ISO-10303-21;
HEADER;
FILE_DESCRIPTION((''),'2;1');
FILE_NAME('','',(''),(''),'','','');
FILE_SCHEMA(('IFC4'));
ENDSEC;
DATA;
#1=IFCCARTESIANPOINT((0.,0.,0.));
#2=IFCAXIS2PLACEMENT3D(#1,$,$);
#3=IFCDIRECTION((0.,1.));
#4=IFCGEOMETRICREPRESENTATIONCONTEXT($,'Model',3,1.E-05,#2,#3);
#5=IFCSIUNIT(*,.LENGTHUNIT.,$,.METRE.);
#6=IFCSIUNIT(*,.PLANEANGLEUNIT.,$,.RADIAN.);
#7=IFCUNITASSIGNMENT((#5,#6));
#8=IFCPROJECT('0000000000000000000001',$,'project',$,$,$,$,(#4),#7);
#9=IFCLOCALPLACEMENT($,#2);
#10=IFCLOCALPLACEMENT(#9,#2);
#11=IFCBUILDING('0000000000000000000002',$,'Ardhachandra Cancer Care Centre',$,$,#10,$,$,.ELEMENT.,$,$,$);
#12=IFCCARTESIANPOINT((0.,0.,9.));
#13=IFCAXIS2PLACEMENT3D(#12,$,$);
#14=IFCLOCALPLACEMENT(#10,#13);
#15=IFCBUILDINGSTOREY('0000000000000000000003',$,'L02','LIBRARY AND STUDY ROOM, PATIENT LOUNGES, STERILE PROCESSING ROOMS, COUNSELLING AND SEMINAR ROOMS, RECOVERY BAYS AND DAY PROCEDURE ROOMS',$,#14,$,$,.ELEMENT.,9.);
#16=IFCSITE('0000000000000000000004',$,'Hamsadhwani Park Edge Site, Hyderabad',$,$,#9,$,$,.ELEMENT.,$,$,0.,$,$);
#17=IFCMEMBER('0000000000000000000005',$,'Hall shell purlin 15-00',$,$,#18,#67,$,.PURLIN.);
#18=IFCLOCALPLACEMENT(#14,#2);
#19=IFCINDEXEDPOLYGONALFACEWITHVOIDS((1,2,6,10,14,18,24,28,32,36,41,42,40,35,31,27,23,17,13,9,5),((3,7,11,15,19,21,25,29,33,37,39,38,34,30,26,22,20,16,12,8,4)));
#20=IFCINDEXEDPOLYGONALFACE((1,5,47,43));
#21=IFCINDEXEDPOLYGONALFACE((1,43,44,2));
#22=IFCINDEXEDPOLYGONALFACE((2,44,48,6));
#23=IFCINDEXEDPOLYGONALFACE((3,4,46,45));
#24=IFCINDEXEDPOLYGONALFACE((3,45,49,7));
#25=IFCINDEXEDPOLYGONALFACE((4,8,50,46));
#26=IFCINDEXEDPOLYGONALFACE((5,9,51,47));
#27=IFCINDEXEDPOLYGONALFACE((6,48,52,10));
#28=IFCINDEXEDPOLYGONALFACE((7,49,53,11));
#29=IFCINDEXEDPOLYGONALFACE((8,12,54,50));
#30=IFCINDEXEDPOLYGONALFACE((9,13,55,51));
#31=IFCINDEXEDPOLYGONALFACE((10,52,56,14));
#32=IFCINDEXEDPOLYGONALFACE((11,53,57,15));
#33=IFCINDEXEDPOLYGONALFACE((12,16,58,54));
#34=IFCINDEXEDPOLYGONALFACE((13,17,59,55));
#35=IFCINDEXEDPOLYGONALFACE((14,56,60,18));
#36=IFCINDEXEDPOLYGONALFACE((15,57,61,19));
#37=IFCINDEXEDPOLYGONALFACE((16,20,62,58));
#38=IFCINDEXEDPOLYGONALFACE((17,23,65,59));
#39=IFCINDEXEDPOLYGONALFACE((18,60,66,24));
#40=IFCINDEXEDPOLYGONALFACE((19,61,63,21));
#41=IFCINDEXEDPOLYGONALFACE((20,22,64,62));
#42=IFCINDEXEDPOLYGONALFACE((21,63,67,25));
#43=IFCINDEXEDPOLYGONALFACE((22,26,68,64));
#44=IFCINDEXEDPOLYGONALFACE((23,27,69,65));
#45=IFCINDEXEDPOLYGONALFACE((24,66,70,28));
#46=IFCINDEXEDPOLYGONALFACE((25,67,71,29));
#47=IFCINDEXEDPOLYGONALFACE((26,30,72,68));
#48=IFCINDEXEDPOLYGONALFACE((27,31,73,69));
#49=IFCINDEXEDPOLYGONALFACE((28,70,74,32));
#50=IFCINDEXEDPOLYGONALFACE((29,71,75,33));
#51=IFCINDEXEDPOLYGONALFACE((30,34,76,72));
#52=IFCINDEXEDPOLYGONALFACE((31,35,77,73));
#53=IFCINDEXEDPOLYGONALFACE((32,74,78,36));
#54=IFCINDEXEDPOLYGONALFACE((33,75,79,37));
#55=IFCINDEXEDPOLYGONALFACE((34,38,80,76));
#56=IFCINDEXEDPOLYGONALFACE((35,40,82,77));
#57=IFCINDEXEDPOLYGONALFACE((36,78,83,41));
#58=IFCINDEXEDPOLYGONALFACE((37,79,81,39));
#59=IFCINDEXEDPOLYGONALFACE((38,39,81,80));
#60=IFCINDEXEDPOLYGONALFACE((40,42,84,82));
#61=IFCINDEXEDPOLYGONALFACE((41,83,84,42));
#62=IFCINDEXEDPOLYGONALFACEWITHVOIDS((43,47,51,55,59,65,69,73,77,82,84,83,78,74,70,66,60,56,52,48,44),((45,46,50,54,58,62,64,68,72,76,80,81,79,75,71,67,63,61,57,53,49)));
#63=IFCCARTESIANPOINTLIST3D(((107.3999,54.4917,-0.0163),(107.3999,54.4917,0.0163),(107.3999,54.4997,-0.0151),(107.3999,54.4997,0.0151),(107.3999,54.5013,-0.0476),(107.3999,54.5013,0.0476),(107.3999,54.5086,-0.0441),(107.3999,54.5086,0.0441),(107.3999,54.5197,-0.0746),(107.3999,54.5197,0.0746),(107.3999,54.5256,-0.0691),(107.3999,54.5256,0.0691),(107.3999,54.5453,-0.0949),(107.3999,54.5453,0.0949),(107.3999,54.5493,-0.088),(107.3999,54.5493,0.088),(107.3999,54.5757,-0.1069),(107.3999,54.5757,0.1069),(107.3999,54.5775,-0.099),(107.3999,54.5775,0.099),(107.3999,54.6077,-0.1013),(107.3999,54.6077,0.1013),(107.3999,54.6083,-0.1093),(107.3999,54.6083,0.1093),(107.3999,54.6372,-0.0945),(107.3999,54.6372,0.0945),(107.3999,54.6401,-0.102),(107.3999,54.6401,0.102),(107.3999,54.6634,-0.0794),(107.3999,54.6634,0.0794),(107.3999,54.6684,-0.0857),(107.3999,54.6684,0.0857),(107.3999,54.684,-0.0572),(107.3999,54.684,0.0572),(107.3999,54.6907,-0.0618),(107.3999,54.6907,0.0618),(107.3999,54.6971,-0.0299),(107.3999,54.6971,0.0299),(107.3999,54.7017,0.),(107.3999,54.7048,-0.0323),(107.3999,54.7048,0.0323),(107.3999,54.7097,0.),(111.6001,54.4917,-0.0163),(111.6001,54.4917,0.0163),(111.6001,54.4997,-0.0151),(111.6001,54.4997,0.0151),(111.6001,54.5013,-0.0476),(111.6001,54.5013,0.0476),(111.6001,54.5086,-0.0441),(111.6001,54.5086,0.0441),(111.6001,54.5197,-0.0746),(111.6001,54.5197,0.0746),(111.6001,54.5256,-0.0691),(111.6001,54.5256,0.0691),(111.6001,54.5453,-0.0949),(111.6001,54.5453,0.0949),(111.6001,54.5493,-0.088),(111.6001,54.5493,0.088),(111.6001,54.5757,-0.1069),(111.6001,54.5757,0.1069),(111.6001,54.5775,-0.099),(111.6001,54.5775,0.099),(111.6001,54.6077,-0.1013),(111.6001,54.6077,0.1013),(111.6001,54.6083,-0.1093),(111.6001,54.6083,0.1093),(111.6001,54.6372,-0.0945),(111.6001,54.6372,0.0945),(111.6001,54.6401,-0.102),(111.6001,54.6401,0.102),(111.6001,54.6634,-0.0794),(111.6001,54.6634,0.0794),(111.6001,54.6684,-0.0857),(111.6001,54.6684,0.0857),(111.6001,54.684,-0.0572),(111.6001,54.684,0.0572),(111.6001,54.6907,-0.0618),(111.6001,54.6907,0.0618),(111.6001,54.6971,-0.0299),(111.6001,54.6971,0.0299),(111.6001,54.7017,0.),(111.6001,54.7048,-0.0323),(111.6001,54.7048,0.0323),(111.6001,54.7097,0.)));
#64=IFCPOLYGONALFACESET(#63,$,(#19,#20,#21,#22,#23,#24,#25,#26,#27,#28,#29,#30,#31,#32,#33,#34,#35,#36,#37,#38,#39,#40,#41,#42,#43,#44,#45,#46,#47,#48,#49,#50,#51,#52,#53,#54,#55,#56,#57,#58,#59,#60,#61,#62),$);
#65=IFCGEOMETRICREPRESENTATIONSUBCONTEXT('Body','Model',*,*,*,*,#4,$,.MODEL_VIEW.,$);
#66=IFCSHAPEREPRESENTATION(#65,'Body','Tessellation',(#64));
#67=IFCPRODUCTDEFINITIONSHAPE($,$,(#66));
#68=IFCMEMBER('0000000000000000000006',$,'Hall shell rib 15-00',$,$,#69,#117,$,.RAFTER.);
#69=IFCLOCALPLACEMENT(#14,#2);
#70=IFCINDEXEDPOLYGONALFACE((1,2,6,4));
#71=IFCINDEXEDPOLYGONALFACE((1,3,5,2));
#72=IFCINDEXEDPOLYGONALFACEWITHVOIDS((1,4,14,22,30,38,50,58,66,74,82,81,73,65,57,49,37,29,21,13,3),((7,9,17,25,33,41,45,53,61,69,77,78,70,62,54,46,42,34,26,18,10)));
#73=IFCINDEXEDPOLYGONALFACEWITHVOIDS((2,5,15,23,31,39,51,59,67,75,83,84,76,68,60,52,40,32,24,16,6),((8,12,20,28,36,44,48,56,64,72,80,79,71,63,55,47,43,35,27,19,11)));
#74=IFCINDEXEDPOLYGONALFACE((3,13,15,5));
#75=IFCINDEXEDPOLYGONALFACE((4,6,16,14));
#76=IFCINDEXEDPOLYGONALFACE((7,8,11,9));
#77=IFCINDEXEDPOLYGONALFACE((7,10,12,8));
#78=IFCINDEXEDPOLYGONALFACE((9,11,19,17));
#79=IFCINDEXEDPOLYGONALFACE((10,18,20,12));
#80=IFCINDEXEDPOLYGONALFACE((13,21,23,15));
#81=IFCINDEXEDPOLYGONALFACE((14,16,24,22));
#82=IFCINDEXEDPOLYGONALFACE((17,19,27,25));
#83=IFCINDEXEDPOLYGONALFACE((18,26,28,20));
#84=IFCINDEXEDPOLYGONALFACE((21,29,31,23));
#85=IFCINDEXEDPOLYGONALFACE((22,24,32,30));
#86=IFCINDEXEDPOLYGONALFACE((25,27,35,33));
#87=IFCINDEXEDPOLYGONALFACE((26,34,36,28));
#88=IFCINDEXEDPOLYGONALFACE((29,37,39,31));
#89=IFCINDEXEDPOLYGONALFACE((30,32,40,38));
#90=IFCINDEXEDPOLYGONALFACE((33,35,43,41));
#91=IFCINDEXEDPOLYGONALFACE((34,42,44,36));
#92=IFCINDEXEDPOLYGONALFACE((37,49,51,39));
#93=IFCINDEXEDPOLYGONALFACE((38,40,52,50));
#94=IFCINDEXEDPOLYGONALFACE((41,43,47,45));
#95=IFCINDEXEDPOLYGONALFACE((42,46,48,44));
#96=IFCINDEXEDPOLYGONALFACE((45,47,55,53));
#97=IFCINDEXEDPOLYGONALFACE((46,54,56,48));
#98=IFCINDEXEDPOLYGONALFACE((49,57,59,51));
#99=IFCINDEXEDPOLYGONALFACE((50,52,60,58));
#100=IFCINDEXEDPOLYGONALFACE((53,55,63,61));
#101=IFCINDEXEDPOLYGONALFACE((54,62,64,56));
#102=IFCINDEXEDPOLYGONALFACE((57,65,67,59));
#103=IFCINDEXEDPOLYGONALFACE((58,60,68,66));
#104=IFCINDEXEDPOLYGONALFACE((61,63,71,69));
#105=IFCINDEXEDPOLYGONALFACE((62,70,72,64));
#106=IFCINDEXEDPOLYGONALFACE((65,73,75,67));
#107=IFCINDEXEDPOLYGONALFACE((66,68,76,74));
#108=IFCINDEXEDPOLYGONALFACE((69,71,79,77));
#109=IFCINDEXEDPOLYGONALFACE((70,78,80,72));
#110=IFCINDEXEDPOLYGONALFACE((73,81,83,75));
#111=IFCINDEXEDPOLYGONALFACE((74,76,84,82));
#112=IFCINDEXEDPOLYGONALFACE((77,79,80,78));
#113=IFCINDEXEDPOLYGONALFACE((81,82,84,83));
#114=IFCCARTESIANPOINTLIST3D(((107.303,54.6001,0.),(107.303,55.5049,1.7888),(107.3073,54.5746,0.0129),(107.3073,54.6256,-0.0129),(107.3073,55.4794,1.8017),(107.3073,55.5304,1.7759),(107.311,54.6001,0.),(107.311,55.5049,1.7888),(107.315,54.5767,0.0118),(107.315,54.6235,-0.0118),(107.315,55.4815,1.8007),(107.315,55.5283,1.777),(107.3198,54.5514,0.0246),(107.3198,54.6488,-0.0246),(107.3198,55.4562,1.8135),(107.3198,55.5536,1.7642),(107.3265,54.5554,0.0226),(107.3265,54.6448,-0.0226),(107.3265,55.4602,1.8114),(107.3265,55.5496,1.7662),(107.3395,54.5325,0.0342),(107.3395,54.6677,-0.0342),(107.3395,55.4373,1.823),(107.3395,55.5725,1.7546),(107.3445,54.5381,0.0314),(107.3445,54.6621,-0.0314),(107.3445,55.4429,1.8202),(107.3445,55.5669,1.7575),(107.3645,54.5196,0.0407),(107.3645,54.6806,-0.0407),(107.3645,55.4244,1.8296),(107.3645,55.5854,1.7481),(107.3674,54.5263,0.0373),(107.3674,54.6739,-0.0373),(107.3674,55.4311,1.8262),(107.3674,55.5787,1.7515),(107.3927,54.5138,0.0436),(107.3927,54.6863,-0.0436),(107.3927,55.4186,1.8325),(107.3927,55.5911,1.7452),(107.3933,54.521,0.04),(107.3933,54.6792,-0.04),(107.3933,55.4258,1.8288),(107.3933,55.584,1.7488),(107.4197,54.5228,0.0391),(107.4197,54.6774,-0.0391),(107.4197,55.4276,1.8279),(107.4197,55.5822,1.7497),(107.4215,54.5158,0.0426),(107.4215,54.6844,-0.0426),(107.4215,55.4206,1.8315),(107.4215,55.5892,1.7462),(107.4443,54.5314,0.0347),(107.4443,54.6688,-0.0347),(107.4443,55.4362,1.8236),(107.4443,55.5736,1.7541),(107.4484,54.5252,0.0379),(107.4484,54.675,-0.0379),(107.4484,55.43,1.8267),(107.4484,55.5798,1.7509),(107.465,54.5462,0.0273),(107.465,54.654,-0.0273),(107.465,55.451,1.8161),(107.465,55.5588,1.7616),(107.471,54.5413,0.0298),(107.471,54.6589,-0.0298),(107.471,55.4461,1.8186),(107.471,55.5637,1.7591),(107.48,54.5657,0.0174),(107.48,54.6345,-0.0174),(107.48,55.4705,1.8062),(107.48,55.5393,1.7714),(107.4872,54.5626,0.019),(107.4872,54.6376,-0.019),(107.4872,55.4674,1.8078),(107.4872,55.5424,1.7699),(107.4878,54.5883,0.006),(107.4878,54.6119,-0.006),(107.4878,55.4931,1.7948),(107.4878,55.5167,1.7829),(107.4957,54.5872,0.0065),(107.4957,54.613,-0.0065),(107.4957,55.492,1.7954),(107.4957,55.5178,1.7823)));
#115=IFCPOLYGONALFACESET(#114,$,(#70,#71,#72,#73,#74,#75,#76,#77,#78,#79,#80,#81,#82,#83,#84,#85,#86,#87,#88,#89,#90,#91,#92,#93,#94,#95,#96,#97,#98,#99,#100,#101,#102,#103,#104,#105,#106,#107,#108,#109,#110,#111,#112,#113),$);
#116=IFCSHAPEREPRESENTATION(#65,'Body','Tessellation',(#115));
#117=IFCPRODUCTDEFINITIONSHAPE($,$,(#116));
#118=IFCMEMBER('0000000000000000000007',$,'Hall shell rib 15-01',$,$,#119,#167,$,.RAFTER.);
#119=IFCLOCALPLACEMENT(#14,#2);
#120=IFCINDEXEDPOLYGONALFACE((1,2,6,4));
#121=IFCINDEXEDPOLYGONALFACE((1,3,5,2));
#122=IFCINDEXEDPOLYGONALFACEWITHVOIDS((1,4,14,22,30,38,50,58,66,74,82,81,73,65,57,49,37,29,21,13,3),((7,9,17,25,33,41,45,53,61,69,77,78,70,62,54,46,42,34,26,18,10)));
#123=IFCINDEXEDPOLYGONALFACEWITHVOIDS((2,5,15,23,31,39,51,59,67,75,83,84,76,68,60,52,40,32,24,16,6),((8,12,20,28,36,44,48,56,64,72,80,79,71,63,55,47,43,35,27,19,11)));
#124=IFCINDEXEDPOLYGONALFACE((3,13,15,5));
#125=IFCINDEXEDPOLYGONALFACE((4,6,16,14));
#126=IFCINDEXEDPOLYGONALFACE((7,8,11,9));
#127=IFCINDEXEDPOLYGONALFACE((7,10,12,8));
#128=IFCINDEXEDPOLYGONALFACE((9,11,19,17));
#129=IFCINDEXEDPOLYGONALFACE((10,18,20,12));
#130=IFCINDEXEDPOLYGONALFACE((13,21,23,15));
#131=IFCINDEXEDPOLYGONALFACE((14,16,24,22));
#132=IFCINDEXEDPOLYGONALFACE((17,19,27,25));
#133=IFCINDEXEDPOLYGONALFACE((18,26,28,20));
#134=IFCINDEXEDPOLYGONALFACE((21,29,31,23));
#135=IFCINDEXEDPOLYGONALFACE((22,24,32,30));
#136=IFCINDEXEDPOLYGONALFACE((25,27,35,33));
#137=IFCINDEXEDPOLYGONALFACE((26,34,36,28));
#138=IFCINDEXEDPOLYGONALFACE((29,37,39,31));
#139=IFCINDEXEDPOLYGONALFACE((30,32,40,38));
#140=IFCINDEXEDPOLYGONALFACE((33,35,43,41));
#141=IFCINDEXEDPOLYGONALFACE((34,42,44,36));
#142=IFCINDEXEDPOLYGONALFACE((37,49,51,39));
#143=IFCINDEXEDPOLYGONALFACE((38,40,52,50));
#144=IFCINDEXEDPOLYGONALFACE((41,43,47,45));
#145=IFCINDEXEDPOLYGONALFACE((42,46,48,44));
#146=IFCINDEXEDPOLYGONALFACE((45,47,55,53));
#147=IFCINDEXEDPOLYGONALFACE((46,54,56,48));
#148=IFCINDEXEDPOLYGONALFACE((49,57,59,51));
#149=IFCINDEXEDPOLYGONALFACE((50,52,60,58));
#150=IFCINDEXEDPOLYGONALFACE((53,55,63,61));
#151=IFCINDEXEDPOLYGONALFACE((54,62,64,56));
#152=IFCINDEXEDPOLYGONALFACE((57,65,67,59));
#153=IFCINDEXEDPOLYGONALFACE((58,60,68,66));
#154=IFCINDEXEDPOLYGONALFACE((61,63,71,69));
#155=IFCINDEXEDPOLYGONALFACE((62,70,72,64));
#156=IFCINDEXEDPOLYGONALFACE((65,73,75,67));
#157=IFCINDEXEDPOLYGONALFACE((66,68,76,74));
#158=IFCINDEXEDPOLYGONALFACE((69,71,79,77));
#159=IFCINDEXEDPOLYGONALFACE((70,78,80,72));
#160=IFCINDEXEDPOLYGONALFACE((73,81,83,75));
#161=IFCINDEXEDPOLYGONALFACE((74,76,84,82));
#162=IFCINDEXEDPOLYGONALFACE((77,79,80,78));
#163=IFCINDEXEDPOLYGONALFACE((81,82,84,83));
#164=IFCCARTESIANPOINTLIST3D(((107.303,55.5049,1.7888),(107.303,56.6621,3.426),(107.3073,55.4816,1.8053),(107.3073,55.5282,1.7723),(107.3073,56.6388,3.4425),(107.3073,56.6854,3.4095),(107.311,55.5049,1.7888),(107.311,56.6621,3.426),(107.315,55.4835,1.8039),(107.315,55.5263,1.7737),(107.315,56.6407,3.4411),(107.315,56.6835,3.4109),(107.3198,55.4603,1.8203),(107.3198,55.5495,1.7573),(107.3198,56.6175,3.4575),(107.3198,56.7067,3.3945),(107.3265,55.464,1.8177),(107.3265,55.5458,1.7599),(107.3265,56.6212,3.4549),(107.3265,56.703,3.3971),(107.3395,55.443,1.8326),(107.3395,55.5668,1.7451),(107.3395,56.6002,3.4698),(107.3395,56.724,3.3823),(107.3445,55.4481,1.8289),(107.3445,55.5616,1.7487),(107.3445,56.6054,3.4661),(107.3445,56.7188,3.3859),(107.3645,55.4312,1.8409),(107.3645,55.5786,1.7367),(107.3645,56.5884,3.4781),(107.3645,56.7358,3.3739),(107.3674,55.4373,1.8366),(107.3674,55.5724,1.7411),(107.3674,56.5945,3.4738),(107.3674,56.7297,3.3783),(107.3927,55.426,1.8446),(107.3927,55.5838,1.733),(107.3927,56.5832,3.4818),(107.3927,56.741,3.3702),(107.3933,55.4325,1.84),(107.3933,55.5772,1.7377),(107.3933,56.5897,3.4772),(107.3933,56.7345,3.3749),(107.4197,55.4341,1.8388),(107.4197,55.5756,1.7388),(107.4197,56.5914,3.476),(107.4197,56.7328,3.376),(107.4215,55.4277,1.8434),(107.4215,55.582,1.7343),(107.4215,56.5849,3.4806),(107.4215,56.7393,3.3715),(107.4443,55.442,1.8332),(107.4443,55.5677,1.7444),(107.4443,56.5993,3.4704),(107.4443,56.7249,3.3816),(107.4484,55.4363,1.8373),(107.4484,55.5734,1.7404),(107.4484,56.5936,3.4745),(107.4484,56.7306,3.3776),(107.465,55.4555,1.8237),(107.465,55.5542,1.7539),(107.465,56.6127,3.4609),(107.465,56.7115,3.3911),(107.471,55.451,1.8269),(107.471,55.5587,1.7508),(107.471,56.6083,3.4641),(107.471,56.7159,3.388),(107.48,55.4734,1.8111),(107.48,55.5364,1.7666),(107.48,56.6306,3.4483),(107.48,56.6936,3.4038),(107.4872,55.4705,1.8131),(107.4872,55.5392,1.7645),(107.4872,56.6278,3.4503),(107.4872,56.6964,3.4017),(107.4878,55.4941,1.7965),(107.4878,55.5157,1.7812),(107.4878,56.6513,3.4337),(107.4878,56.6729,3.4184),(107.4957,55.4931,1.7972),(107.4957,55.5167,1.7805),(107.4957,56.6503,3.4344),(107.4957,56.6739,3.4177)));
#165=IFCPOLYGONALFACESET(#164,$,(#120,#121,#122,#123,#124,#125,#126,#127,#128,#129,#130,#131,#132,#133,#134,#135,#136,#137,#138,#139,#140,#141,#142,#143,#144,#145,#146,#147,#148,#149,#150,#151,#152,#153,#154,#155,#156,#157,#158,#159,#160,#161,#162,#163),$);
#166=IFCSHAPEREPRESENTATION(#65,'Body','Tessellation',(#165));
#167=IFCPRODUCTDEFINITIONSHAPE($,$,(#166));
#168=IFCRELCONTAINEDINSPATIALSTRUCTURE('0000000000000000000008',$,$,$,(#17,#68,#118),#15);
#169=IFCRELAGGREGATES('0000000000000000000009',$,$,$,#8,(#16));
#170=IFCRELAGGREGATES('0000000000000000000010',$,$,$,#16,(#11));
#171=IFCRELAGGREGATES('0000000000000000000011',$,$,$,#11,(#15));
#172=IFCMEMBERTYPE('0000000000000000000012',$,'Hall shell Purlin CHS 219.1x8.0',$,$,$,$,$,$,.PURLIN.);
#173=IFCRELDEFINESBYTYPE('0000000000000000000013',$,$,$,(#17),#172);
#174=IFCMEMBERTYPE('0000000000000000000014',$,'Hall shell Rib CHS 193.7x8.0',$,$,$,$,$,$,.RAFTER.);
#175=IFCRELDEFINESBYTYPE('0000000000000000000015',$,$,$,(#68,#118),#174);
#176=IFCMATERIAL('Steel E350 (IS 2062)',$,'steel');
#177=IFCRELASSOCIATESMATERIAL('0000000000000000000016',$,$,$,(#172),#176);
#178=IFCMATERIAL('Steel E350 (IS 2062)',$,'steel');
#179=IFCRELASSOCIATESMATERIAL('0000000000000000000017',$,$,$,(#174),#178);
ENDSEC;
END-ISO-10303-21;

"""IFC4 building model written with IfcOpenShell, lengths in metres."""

from ifc_helpers import new_model, si_unit, direction, frame, origin, origin_2d, place, context, subcontext, project, spatial, hollow_circle, extrude, material, material_profile, profile_set, type_object, element, save


model = new_model("IFC4")

# Units and contexts
model_context = context("Model", 3, precision=1e-05, world=origin(), true_north=direction((0.0, 1.0)))
body_context = subcontext(model_context, "Body", "Model", "MODEL_VIEW")
ifc_project = project(units=[si_unit("LENGTHUNIT", "METRE"), si_unit("PLANEANGLEUNIT", "RADIAN")], contexts=[model_context])

# Site, building, storey
site_placement = place(None, origin())
site = spatial("IfcSite", under=ifc_project, at=site_placement, Name="Hamsadhwani Park Edge Site, Hyderabad", CompositionType="ELEMENT", RefElevation=0.0)
building_placement = place(site_placement, origin())
building = spatial("IfcBuilding", under=site, at=building_placement, Name="Ardhachandra Cancer Care Centre", CompositionType="ELEMENT")
storey_placement = place(building_placement, frame((0.0, 0.0, 9.0)))
storey = spatial("IfcBuildingStorey", under=building, at=storey_placement, Name="L02", Description="LIBRARY AND STUDY ROOM, PATIENT LOUNGES, STERILE PROCESSING ROOMS, COUNSELLING AND SEMINAR ROOMS, RECOVERY BAYS AND DAY PROCEDURE ROOMS", CompositionType="ELEMENT", Elevation=9.0)

# Members
ifc_material_1 = material(Name="Steel E350 (IS 2062)", Category="steel")
ifc_material_profile_1 = material_profile(ifc_material_1, hollow_circle(Radius=0.1096, WallThickness=0.0081, at=origin_2d()), Name="CHS 219.1x8.0")
ifc_profile_set_1 = profile_set([ifc_material_profile_1], Name="Steel E350 (IS 2062)")
member_type_1 = type_object("IfcMemberType", Name="Hall shell Purlin CHS 219.1x8.0", PredefinedType="PURLIN", material=ifc_profile_set_1)
member_1_placement = place(storey_placement, frame((107.3999, 54.6001, 0.0), z_axis=(1.0, 0.0, 0.0), x_axis=(0.0, 1.0, 0.0)))
element("IfcMember", 1, at=member_1_placement, inside=storey, type_object=member_type_1, Name="Hall shell purlin 15-00", PredefinedType="PURLIN", context=body_context, shape_type="SweptSolid", body=[
    extrude(hollow_circle(Radius=0.1096, WallThickness=0.0081, at=origin_2d()), origin(), (0.0, 0.0, 1.0), 4.2002),
])
ifc_material_2 = material(Name="Steel E350 (IS 2062)", Category="steel")
ifc_material_profile_2 = material_profile(ifc_material_2, hollow_circle(Radius=0.0969, WallThickness=0.0081, at=origin_2d()), Name="CHS 193.7x8.0")
ifc_profile_set_2 = profile_set([ifc_material_profile_2], Name="Steel E350 (IS 2062)")
member_type_2 = type_object("IfcMemberType", Name="Hall shell Rib CHS 193.7x8.0", PredefinedType="RAFTER", material=ifc_profile_set_2)
member_2_placement = place(storey_placement, frame((107.3999, 54.6001, 0.0), z_axis=(0.0, 0.45135, 0.892347), x_axis=(-1.0, 0.0, 0.0)))
element("IfcMember", 2, at=member_2_placement, inside=storey, type_object=member_type_2, Name="Hall shell rib 15-00", PredefinedType="RAFTER", context=body_context, shape_type="SweptSolid", body=[
    extrude(hollow_circle(Radius=0.0969, WallThickness=0.0081, at=origin_2d()), origin(), (0.0, 0.0, 1.0), 2.0046),
])
member_3_placement = place(storey_placement, frame((107.3999, 55.5049, 1.7888), z_axis=(0.0, 0.577199, 0.816603), x_axis=(-1.0, 0.0, 0.0)))
element("IfcMember", 3, at=member_3_placement, inside=storey, type_object=member_type_2, Name="Hall shell rib 15-01", PredefinedType="RAFTER", context=body_context, shape_type="SweptSolid", body=[
    extrude(hollow_circle(Radius=0.0969, WallThickness=0.0081, at=origin_2d()), origin(), (0.0, 0.0, 1.0), 2.0049),
])

save(model, "model.ifc")
